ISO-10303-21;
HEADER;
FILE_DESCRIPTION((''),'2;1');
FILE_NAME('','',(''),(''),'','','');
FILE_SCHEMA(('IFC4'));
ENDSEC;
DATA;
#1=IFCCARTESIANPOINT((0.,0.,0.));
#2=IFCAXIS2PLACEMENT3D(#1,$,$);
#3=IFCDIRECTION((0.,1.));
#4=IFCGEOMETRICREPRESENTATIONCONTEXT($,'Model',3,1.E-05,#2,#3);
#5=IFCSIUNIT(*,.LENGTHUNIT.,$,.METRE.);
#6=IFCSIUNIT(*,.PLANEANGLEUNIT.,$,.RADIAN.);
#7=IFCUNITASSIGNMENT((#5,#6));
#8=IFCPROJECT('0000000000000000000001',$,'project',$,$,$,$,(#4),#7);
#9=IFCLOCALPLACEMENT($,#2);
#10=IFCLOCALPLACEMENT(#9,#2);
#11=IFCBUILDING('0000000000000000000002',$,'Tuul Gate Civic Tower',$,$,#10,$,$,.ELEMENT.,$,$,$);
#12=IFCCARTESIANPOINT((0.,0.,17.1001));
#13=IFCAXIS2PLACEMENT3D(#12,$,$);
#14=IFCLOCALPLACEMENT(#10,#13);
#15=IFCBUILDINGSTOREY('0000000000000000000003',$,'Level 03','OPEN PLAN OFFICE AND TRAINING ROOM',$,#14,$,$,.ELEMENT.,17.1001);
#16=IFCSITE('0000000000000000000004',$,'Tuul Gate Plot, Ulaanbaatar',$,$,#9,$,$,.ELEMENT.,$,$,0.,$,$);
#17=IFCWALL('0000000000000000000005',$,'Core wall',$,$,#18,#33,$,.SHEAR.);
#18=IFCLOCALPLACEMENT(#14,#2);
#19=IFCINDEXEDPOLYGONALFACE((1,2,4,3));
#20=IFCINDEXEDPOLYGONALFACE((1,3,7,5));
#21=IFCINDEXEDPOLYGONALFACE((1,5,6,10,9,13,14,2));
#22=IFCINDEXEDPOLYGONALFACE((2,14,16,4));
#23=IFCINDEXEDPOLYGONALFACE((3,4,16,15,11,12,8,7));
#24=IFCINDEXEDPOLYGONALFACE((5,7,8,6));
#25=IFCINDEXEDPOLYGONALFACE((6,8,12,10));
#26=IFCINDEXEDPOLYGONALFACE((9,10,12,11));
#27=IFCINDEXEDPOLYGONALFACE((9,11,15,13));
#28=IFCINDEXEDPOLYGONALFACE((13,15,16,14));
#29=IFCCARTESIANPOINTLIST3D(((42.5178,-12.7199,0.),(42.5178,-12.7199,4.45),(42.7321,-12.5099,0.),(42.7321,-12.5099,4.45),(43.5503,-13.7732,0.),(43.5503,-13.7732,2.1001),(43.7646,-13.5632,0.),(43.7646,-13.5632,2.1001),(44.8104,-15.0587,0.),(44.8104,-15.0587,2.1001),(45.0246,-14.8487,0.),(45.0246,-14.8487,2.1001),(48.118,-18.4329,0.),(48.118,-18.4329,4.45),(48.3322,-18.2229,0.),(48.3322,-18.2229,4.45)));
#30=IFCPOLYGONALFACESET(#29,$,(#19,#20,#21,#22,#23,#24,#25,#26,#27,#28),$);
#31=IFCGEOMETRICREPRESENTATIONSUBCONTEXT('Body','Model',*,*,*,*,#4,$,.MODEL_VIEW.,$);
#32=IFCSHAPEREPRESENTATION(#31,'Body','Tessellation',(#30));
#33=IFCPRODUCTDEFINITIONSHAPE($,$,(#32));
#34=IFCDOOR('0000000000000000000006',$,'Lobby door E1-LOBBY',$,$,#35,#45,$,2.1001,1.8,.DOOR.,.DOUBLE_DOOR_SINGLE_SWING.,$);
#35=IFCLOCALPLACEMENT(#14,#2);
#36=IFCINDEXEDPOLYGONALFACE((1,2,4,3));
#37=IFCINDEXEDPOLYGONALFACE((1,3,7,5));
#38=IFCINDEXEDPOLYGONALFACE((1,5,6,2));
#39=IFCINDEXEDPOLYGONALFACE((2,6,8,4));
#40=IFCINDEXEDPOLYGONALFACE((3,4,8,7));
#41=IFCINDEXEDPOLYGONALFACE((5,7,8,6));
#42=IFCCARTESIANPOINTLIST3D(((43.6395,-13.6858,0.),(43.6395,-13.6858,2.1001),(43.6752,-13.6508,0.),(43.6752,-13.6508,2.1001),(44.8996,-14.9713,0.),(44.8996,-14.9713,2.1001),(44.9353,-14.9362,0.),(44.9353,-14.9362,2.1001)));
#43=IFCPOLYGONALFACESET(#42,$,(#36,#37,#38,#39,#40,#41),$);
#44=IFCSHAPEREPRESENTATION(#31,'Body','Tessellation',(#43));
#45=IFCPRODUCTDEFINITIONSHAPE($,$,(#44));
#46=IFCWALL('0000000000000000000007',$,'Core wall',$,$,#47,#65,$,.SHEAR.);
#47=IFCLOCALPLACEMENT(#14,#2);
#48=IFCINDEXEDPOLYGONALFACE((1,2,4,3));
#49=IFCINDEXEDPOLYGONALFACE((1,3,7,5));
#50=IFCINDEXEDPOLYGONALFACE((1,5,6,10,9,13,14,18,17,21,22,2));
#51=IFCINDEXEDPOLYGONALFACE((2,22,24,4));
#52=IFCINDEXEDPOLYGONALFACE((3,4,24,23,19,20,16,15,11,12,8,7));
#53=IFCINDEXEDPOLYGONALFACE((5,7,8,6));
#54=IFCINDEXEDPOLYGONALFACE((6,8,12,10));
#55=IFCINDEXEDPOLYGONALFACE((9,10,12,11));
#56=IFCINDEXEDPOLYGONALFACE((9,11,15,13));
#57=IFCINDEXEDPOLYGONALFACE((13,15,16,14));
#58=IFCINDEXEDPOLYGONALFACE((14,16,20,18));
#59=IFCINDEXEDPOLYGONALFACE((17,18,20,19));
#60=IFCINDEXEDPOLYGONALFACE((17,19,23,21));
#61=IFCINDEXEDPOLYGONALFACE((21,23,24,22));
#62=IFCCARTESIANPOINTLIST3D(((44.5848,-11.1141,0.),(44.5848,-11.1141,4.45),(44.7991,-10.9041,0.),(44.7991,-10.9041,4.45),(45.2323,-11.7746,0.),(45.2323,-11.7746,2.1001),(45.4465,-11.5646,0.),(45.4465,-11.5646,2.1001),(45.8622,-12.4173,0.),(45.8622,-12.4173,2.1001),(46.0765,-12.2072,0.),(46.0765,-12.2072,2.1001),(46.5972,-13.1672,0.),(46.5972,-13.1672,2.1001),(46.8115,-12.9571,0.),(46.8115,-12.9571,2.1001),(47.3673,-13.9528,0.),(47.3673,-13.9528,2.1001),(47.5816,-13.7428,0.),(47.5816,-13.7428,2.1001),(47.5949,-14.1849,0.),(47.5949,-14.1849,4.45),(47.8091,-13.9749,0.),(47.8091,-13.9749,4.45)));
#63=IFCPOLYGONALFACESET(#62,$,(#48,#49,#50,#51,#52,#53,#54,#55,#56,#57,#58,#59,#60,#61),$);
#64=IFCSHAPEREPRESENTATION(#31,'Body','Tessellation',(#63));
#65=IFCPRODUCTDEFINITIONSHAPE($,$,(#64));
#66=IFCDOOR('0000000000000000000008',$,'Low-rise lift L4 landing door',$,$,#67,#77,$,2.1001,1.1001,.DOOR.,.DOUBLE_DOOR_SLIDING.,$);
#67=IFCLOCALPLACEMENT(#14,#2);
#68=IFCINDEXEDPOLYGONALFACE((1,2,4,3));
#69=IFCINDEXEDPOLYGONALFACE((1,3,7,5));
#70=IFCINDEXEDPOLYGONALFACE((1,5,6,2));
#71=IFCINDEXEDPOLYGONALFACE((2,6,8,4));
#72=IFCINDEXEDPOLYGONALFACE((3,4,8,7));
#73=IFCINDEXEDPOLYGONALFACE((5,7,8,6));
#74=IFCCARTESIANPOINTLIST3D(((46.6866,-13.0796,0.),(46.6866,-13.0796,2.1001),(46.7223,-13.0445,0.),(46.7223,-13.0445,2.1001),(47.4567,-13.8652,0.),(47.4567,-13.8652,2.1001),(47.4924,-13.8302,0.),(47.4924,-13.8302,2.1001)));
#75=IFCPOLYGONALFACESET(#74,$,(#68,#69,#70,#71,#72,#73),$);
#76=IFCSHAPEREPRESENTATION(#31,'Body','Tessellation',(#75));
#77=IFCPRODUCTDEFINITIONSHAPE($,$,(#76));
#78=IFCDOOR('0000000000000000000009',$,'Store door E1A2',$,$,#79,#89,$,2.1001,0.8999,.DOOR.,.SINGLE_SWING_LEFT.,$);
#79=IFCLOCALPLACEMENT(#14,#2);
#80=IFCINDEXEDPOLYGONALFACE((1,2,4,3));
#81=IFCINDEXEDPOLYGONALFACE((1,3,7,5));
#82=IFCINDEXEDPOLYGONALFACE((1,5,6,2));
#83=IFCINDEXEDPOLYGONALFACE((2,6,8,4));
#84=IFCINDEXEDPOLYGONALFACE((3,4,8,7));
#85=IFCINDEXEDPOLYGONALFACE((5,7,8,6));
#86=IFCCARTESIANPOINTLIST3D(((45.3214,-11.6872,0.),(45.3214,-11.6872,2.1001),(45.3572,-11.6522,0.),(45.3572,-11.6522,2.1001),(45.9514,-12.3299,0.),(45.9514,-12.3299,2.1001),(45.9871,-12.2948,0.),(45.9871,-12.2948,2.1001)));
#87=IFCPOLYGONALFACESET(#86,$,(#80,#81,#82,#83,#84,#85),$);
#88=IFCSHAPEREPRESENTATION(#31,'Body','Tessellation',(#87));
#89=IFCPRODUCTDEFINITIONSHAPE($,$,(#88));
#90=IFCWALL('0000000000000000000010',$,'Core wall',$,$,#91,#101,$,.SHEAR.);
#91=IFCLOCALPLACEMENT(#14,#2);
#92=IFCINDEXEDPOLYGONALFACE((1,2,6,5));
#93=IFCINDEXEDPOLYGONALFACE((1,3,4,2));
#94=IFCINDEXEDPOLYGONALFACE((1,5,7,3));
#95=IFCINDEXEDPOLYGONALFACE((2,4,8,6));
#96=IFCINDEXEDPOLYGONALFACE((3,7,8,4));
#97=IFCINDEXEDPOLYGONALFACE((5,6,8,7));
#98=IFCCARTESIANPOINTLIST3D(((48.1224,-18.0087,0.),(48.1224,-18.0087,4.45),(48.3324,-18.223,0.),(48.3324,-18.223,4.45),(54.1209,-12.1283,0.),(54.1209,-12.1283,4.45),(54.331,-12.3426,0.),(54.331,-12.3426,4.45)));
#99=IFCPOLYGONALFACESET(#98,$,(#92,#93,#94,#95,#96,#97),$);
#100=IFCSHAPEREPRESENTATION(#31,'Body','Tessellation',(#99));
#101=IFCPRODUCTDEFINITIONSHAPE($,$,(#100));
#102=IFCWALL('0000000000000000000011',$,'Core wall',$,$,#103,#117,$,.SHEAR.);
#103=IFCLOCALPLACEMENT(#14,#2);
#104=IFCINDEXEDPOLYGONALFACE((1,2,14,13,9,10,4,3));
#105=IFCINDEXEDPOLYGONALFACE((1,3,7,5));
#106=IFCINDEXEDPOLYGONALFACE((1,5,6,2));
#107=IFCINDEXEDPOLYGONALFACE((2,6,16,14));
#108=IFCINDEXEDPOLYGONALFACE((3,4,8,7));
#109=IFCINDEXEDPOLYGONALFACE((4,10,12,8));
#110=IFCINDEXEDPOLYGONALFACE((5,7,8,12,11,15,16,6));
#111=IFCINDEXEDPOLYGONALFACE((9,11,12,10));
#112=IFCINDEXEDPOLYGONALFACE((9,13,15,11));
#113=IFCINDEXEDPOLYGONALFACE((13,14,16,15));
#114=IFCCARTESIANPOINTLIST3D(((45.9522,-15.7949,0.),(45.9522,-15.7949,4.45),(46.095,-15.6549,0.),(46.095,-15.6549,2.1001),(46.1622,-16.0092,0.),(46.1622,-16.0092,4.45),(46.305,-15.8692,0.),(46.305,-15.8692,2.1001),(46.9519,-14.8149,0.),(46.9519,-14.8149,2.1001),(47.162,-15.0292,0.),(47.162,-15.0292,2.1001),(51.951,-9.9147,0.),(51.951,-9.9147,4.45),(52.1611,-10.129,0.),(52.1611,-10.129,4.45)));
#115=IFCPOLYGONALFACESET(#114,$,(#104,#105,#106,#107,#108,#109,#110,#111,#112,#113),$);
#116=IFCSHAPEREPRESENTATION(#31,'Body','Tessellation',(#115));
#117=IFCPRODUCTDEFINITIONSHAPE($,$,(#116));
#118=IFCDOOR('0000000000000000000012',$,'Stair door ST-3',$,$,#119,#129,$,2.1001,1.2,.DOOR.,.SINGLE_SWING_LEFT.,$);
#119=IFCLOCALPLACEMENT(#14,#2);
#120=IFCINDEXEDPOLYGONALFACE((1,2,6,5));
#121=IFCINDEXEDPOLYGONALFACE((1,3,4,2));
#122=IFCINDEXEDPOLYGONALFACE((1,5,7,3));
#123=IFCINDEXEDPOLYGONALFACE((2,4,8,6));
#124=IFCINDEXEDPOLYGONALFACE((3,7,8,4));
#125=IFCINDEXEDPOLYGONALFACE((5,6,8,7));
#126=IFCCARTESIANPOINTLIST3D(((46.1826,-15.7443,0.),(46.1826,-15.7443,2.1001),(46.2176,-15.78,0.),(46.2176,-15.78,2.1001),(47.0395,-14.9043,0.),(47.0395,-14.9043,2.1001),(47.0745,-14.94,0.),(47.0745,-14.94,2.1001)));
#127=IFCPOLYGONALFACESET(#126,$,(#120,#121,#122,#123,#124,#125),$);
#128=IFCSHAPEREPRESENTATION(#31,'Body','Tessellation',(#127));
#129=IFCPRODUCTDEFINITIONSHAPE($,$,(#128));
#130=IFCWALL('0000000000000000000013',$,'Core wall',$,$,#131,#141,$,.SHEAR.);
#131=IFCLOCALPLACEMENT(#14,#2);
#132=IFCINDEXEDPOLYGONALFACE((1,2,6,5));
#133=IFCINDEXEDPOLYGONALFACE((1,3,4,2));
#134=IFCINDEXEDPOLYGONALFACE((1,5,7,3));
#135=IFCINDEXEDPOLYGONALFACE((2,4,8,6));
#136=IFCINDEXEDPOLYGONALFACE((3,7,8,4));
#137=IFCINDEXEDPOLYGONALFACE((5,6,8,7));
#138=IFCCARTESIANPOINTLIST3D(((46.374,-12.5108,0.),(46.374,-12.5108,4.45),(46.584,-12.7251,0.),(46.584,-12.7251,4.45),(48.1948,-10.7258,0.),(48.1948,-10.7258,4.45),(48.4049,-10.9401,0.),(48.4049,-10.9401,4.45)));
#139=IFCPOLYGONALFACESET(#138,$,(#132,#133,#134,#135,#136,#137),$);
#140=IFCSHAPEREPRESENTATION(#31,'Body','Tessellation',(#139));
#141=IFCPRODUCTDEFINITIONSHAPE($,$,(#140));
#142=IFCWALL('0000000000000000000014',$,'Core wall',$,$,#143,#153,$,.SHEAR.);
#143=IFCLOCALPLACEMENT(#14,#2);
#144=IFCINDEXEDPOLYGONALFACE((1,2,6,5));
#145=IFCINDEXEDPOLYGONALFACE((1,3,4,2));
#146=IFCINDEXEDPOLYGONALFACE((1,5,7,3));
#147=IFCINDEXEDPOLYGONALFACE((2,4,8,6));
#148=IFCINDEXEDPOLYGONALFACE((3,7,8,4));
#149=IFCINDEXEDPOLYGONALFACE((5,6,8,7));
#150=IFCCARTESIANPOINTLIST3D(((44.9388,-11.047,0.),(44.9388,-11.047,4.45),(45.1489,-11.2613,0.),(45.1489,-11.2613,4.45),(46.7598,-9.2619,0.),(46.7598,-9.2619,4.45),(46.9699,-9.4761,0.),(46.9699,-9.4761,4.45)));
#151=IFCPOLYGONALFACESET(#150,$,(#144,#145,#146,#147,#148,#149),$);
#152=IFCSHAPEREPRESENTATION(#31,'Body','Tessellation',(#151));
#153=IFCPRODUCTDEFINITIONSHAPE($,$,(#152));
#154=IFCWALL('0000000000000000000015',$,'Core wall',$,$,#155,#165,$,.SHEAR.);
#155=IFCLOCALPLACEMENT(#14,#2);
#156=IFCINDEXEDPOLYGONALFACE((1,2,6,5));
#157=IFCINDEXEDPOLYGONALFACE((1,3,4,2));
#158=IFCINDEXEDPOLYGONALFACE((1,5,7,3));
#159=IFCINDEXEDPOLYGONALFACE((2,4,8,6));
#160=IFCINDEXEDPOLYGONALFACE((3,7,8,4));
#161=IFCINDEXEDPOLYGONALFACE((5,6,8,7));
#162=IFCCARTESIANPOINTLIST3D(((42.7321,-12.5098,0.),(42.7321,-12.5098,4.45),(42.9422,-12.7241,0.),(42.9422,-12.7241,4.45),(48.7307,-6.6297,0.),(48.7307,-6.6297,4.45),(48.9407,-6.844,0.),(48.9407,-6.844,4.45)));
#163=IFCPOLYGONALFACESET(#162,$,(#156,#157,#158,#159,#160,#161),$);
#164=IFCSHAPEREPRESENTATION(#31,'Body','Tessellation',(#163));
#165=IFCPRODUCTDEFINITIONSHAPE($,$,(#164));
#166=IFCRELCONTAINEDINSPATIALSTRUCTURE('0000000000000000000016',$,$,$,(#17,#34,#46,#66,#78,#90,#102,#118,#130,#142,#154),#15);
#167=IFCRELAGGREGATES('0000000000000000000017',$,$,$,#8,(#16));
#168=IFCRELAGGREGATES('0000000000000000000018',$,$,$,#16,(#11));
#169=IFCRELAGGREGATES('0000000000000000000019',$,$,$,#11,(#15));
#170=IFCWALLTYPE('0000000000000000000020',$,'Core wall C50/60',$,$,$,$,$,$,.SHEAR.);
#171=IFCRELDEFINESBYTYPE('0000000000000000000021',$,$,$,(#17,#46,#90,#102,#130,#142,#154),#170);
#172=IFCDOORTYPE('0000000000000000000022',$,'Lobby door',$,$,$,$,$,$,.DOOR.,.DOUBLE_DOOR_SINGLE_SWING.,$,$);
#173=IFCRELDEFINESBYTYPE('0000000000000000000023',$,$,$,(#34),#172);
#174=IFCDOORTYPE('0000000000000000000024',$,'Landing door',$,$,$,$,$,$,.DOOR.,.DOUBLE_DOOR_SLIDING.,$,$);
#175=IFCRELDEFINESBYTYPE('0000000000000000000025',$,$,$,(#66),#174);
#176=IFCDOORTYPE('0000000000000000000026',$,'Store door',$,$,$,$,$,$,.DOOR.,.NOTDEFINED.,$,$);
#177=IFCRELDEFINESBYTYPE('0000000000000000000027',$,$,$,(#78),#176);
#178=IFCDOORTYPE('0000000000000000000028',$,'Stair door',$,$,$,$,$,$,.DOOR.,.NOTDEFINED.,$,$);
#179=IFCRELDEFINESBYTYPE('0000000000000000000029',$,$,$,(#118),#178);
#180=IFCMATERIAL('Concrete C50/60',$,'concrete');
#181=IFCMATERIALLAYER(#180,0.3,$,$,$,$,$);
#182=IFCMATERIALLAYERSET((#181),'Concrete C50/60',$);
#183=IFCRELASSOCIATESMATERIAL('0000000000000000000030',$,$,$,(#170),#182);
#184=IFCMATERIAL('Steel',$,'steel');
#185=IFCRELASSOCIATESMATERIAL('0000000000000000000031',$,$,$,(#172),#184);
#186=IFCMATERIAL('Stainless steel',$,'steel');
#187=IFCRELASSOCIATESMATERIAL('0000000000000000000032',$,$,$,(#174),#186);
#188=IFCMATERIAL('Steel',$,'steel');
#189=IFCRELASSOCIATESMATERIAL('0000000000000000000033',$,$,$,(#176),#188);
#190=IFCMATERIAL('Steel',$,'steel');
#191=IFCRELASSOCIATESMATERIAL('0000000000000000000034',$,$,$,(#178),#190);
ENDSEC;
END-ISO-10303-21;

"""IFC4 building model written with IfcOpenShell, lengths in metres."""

from ifc_helpers import new_model, si_unit, direction, frame, frame_2d, origin, place, context, subcontext, project, spatial, rectangle, extrude, material, layer, layer_set, type_object, element, fill, save


model = new_model("IFC4")

# Units and contexts
model_context = context("Model", 3, precision=1e-05, world=origin(), true_north=direction((0.0, 1.0)))
body_context = subcontext(model_context, "Body", "Model", "MODEL_VIEW")
ifc_project = project(units=[si_unit("LENGTHUNIT", "METRE"), si_unit("PLANEANGLEUNIT", "RADIAN")], contexts=[model_context])

# Site, building, storey
site_placement = place(None, origin())
site = spatial("IfcSite", under=ifc_project, at=site_placement, Name="Tuul Gate Plot, Ulaanbaatar", CompositionType="ELEMENT", RefElevation=0.0)
building_placement = place(site_placement, origin())
building = spatial("IfcBuilding", under=site, at=building_placement, Name="Tuul Gate Civic Tower", CompositionType="ELEMENT")
storey_placement = place(building_placement, frame((0.0, 0.0, 17.1001)))
storey = spatial("IfcBuildingStorey", under=building, at=storey_placement, Name="Level 03", Description="OPEN PLAN OFFICE AND TRAINING ROOM", CompositionType="ELEMENT", Elevation=17.1001)

# Wall, opening, door
ifc_material_1 = material(Name="Concrete C50/60", Category="concrete")
ifc_layer_1 = layer(ifc_material_1, 0.3)
ifc_layer_set_1 = layer_set([ifc_layer_1], Name="Concrete C50/60")
wall_type_1 = type_object("IfcWallType", Name="Core wall C50/60", PredefinedType="SHEAR", material=ifc_layer_set_1)
wall_1_placement = place(storey_placement, frame((48.2251, -18.3279, 0.0), z_axis=(0.0, 0.0, 1.0), x_axis=(-0.700022, 0.714121, 0.0)))
wall_1 = element("IfcWall", 1, at=wall_1_placement, inside=storey, type_object=wall_type_1, Name="Core wall", PredefinedType="SHEAR", context=body_context, shape_type="SweptSolid", body=[
    extrude(rectangle(XDim=8.0, YDim=0.3, at=frame_2d((4.0, 0.0))), origin(), (0.0, 0.0, 1.0), 4.45),
])
opening_1_placement = place(wall_1_placement, frame((4.7251, 0.0, 0.0)))
opening_1 = element("IfcOpeningElement", 2, at=opening_1_placement, cuts=wall_1, PredefinedType="OPENING", context=body_context, shape_type="SweptSolid", body=[
    extrude(rectangle(XDim=1.8, YDim=2.1001, at=frame_2d((0.8999, 1.05))), frame((0.0, 0.1602, 0.0), z_axis=(0.0, -1.0, 0.0), x_axis=(1.0, 0.0, 0.0)), (0.0, 0.0, 1.0), 0.3201),
])
ifc_material_2 = material(Name="Steel", Category="steel")
door_type_1 = type_object("IfcDoorType", Name="Lobby door", OperationType="DOUBLE_DOOR_SINGLE_SWING", PredefinedType="DOOR", material=ifc_material_2)
door_1_placement = place(opening_1_placement, frame((1.8, 0.0, 0.0), z_axis=(0.0, 0.0, 1.0), x_axis=(-1.0, 0.0, 0.0)))
door_1 = element("IfcDoor", 3, at=door_1_placement, inside=storey, type_object=door_type_1, Name="Lobby door E1-LOBBY", OperationType="DOUBLE_DOOR_SINGLE_SWING", OverallHeight=2.1001, OverallWidth=1.8, PredefinedType="DOOR", context=body_context, shape_type="SweptSolid", body=[
    extrude(rectangle(XDim=1.8, YDim=2.1001, at=frame_2d((0.9001, 1.05))), frame((0.0, 0.0249, 0.0), z_axis=(0.0, -1.0, 0.0), x_axis=(1.0, 0.0, 0.0)), (0.0, 0.0, 1.0), 0.05),
])
fill(opening_1, door_1)

# Wall, openings, doors
wall_2_placement = place(storey_placement, frame((47.7019, -14.0798, 0.0), z_axis=(0.0, 0.0, 1.0), x_axis=(-0.700003, 0.71414, 0.0)))
wall_2 = element("IfcWall", 4, at=wall_2_placement, inside=storey, type_object=wall_type_1, Name="Core wall", PredefinedType="SHEAR", context=body_context, shape_type="SweptSolid", body=[
    extrude(rectangle(XDim=4.3, YDim=0.3, at=frame_2d((2.1499, 0.0))), origin(), (0.0, 0.0, 1.0), 4.45),
])
opening_2_placement = place(wall_2_placement, frame((0.325, 0.0, 0.0)))
opening_2 = element("IfcOpeningElement", 5, at=opening_2_placement, cuts=wall_2, PredefinedType="OPENING", context=body_context, shape_type="SweptSolid", body=[
    extrude(rectangle(XDim=1.1001, YDim=2.1001, at=frame_2d((0.55, 1.05))), frame((0.0, 0.1602, 0.0), z_axis=(0.0, -1.0, 0.0), x_axis=(1.0, 0.0, 0.0)), (0.0, 0.0, 1.0), 0.3201),
])
opening_3_placement = place(wall_2_placement, frame((2.4751, 0.0, 0.0)))
opening_3 = element("IfcOpeningElement", 6, at=opening_3_placement, cuts=wall_2, PredefinedType="OPENING", context=body_context, shape_type="SweptSolid", body=[
    extrude(rectangle(XDim=0.8999, YDim=2.1001, at=frame_2d((0.45, 1.05))), frame((0.0, 0.1602, 0.0), z_axis=(0.0, -1.0, 0.0), x_axis=(1.0, 0.0, 0.0)), (0.0, 0.0, 1.0), 0.3201),
])
ifc_material_3 = material(Name="Stainless steel", Category="steel")
door_type_2 = type_object("IfcDoorType", Name="Landing door", OperationType="DOUBLE_DOOR_SLIDING", PredefinedType="DOOR", material=ifc_material_3)
door_2_placement = place(opening_2_placement, origin())
door_2 = element("IfcDoor", 7, at=door_2_placement, inside=storey, type_object=door_type_2, Name="Low-rise lift L4 landing door", OperationType="DOUBLE_DOOR_SLIDING", OverallHeight=2.1001, OverallWidth=1.1001, PredefinedType="DOOR", context=body_context, shape_type="SweptSolid", body=[
    extrude(rectangle(XDim=1.1001, YDim=2.1001, at=frame_2d((0.55, 1.05))), frame((0.0, 0.0249, 0.0), z_axis=(0.0, -1.0, 0.0), x_axis=(1.0, 0.0, 0.0)), (0.0, 0.0, 1.0), 0.05),
])
fill(opening_2, door_2)
ifc_material_4 = material(Name="Steel", Category="steel")
door_type_3 = type_object("IfcDoorType", Name="Store door", OperationType="NOTDEFINED", PredefinedType="DOOR", material=ifc_material_4)
door_3_placement = place(opening_3_placement, frame((0.8999, 0.0, 0.0), z_axis=(0.0, 0.0, 1.0), x_axis=(-1.0, 0.0, 0.0)))
door_3 = element("IfcDoor", 8, at=door_3_placement, inside=storey, type_object=door_type_3, Name="Store door E1A2", OperationType="SINGLE_SWING_LEFT", OverallHeight=2.1001, OverallWidth=0.8999, PredefinedType="DOOR", context=body_context, shape_type="SweptSolid", body=[
    extrude(rectangle(XDim=0.8999, YDim=2.1001, at=frame_2d((0.45, 1.05))), frame((0.0, 0.0249, 0.0), z_axis=(0.0, -1.0, 0.0), x_axis=(1.0, 0.0, 0.0)), (0.0, 0.0, 1.0), 0.05),
])
fill(opening_3, door_3)

# Wall
wall_3_placement = place(storey_placement, frame((48.2273, -18.116, 0.0), z_axis=(0.0, 0.0, 1.0), x_axis=(0.714105, 0.700038, 0.0)))
element("IfcWall", 9, at=wall_3_placement, inside=storey, type_object=wall_type_1, Name="Core wall", PredefinedType="SHEAR", context=body_context, shape_type="SweptSolid", body=[
    extrude(rectangle(XDim=8.4001, YDim=0.3, at=frame_2d((4.2002, 0.0))), origin(), (0.0, 0.0, 1.0), 4.45),
])

# Wall, opening, door
wall_4_placement = place(storey_placement, frame((46.0571, -15.9021, 0.0), z_axis=(0.0, 0.0, 1.0), x_axis=(0.714134, 0.700009, 0.0)))
wall_4 = element("IfcWall", 10, at=wall_4_placement, inside=storey, type_object=wall_type_1, Name="Core wall", PredefinedType="SHEAR", context=body_context, shape_type="SweptSolid", body=[
    extrude(rectangle(XDim=8.4001, YDim=0.3, at=frame_2d((4.2002, 0.0))), origin(), (0.0, 0.0, 1.0), 4.45),
])
opening_4_placement = place(wall_4_placement, frame((0.2, 0.0, 0.0)))
opening_4 = element("IfcOpeningElement", 11, at=opening_4_placement, cuts=wall_4, PredefinedType="OPENING", context=body_context, shape_type="SweptSolid", body=[
    extrude(rectangle(XDim=1.2, YDim=2.1001, at=frame_2d((0.6001, 1.05))), frame((0.0, 0.1602, 0.0), z_axis=(0.0, -1.0, 0.0), x_axis=(1.0, 0.0, 0.0)), (0.0, 0.0, 1.0), 0.3201),
])
ifc_material_5 = material(Name="Steel", Category="steel")
door_type_4 = type_object("IfcDoorType", Name="Stair door", OperationType="NOTDEFINED", PredefinedType="DOOR", material=ifc_material_5)
door_4_placement = place(opening_4_placement, origin())
door_4 = element("IfcDoor", 12, at=door_4_placement, inside=storey, type_object=door_type_4, Name="Stair door ST-3", OperationType="SINGLE_SWING_LEFT", OverallHeight=2.1001, OverallWidth=1.2, PredefinedType="DOOR", context=body_context, shape_type="SweptSolid", body=[
    extrude(rectangle(XDim=1.2, YDim=2.1001, at=frame_2d((0.6001, 1.05))), frame((0.0, 0.0249, 0.0), z_axis=(0.0, -1.0, 0.0), x_axis=(1.0, 0.0, 0.0)), (0.0, 0.0, 1.0), 0.05),
])
fill(opening_4, door_4)

# Walls
wall_5_placement = place(storey_placement, frame((46.479, -12.6179, 0.0), z_axis=(0.0, 0.0, 1.0), x_axis=(0.714109, 0.700034, 0.0)))
element("IfcWall", 13, at=wall_5_placement, inside=storey, type_object=wall_type_1, Name="Core wall", PredefinedType="SHEAR", context=body_context, shape_type="SweptSolid", body=[
    extrude(rectangle(XDim=2.5498, YDim=0.3, at=frame_2d((1.2749, 0.0))), origin(), (0.0, 0.0, 1.0), 4.45),
])
wall_6_placement = place(storey_placement, frame((45.0439, -11.1541, 0.0), z_axis=(0.0, 0.0, 1.0), x_axis=(0.714108, 0.700035, 0.0)))
element("IfcWall", 14, at=wall_6_placement, inside=storey, type_object=wall_type_1, Name="Core wall", PredefinedType="SHEAR", context=body_context, shape_type="SweptSolid", body=[
    extrude(rectangle(XDim=2.55, YDim=0.3, at=frame_2d((1.2749, 0.0))), origin(), (0.0, 0.0, 1.0), 4.45),
])
wall_7_placement = place(storey_placement, frame((42.8372, -12.6169, 0.0), z_axis=(0.0, 0.0, 1.0), x_axis=(0.71412, 0.700023, 0.0)))
element("IfcWall", 15, at=wall_7_placement, inside=storey, type_object=wall_type_1, Name="Core wall", PredefinedType="SHEAR", context=body_context, shape_type="SweptSolid", body=[
    extrude(rectangle(XDim=8.3999, YDim=0.3, at=frame_2d((4.2, 0.0))), origin(), (0.0, 0.0, 1.0), 4.45),
])

save(model, "model.ifc")
